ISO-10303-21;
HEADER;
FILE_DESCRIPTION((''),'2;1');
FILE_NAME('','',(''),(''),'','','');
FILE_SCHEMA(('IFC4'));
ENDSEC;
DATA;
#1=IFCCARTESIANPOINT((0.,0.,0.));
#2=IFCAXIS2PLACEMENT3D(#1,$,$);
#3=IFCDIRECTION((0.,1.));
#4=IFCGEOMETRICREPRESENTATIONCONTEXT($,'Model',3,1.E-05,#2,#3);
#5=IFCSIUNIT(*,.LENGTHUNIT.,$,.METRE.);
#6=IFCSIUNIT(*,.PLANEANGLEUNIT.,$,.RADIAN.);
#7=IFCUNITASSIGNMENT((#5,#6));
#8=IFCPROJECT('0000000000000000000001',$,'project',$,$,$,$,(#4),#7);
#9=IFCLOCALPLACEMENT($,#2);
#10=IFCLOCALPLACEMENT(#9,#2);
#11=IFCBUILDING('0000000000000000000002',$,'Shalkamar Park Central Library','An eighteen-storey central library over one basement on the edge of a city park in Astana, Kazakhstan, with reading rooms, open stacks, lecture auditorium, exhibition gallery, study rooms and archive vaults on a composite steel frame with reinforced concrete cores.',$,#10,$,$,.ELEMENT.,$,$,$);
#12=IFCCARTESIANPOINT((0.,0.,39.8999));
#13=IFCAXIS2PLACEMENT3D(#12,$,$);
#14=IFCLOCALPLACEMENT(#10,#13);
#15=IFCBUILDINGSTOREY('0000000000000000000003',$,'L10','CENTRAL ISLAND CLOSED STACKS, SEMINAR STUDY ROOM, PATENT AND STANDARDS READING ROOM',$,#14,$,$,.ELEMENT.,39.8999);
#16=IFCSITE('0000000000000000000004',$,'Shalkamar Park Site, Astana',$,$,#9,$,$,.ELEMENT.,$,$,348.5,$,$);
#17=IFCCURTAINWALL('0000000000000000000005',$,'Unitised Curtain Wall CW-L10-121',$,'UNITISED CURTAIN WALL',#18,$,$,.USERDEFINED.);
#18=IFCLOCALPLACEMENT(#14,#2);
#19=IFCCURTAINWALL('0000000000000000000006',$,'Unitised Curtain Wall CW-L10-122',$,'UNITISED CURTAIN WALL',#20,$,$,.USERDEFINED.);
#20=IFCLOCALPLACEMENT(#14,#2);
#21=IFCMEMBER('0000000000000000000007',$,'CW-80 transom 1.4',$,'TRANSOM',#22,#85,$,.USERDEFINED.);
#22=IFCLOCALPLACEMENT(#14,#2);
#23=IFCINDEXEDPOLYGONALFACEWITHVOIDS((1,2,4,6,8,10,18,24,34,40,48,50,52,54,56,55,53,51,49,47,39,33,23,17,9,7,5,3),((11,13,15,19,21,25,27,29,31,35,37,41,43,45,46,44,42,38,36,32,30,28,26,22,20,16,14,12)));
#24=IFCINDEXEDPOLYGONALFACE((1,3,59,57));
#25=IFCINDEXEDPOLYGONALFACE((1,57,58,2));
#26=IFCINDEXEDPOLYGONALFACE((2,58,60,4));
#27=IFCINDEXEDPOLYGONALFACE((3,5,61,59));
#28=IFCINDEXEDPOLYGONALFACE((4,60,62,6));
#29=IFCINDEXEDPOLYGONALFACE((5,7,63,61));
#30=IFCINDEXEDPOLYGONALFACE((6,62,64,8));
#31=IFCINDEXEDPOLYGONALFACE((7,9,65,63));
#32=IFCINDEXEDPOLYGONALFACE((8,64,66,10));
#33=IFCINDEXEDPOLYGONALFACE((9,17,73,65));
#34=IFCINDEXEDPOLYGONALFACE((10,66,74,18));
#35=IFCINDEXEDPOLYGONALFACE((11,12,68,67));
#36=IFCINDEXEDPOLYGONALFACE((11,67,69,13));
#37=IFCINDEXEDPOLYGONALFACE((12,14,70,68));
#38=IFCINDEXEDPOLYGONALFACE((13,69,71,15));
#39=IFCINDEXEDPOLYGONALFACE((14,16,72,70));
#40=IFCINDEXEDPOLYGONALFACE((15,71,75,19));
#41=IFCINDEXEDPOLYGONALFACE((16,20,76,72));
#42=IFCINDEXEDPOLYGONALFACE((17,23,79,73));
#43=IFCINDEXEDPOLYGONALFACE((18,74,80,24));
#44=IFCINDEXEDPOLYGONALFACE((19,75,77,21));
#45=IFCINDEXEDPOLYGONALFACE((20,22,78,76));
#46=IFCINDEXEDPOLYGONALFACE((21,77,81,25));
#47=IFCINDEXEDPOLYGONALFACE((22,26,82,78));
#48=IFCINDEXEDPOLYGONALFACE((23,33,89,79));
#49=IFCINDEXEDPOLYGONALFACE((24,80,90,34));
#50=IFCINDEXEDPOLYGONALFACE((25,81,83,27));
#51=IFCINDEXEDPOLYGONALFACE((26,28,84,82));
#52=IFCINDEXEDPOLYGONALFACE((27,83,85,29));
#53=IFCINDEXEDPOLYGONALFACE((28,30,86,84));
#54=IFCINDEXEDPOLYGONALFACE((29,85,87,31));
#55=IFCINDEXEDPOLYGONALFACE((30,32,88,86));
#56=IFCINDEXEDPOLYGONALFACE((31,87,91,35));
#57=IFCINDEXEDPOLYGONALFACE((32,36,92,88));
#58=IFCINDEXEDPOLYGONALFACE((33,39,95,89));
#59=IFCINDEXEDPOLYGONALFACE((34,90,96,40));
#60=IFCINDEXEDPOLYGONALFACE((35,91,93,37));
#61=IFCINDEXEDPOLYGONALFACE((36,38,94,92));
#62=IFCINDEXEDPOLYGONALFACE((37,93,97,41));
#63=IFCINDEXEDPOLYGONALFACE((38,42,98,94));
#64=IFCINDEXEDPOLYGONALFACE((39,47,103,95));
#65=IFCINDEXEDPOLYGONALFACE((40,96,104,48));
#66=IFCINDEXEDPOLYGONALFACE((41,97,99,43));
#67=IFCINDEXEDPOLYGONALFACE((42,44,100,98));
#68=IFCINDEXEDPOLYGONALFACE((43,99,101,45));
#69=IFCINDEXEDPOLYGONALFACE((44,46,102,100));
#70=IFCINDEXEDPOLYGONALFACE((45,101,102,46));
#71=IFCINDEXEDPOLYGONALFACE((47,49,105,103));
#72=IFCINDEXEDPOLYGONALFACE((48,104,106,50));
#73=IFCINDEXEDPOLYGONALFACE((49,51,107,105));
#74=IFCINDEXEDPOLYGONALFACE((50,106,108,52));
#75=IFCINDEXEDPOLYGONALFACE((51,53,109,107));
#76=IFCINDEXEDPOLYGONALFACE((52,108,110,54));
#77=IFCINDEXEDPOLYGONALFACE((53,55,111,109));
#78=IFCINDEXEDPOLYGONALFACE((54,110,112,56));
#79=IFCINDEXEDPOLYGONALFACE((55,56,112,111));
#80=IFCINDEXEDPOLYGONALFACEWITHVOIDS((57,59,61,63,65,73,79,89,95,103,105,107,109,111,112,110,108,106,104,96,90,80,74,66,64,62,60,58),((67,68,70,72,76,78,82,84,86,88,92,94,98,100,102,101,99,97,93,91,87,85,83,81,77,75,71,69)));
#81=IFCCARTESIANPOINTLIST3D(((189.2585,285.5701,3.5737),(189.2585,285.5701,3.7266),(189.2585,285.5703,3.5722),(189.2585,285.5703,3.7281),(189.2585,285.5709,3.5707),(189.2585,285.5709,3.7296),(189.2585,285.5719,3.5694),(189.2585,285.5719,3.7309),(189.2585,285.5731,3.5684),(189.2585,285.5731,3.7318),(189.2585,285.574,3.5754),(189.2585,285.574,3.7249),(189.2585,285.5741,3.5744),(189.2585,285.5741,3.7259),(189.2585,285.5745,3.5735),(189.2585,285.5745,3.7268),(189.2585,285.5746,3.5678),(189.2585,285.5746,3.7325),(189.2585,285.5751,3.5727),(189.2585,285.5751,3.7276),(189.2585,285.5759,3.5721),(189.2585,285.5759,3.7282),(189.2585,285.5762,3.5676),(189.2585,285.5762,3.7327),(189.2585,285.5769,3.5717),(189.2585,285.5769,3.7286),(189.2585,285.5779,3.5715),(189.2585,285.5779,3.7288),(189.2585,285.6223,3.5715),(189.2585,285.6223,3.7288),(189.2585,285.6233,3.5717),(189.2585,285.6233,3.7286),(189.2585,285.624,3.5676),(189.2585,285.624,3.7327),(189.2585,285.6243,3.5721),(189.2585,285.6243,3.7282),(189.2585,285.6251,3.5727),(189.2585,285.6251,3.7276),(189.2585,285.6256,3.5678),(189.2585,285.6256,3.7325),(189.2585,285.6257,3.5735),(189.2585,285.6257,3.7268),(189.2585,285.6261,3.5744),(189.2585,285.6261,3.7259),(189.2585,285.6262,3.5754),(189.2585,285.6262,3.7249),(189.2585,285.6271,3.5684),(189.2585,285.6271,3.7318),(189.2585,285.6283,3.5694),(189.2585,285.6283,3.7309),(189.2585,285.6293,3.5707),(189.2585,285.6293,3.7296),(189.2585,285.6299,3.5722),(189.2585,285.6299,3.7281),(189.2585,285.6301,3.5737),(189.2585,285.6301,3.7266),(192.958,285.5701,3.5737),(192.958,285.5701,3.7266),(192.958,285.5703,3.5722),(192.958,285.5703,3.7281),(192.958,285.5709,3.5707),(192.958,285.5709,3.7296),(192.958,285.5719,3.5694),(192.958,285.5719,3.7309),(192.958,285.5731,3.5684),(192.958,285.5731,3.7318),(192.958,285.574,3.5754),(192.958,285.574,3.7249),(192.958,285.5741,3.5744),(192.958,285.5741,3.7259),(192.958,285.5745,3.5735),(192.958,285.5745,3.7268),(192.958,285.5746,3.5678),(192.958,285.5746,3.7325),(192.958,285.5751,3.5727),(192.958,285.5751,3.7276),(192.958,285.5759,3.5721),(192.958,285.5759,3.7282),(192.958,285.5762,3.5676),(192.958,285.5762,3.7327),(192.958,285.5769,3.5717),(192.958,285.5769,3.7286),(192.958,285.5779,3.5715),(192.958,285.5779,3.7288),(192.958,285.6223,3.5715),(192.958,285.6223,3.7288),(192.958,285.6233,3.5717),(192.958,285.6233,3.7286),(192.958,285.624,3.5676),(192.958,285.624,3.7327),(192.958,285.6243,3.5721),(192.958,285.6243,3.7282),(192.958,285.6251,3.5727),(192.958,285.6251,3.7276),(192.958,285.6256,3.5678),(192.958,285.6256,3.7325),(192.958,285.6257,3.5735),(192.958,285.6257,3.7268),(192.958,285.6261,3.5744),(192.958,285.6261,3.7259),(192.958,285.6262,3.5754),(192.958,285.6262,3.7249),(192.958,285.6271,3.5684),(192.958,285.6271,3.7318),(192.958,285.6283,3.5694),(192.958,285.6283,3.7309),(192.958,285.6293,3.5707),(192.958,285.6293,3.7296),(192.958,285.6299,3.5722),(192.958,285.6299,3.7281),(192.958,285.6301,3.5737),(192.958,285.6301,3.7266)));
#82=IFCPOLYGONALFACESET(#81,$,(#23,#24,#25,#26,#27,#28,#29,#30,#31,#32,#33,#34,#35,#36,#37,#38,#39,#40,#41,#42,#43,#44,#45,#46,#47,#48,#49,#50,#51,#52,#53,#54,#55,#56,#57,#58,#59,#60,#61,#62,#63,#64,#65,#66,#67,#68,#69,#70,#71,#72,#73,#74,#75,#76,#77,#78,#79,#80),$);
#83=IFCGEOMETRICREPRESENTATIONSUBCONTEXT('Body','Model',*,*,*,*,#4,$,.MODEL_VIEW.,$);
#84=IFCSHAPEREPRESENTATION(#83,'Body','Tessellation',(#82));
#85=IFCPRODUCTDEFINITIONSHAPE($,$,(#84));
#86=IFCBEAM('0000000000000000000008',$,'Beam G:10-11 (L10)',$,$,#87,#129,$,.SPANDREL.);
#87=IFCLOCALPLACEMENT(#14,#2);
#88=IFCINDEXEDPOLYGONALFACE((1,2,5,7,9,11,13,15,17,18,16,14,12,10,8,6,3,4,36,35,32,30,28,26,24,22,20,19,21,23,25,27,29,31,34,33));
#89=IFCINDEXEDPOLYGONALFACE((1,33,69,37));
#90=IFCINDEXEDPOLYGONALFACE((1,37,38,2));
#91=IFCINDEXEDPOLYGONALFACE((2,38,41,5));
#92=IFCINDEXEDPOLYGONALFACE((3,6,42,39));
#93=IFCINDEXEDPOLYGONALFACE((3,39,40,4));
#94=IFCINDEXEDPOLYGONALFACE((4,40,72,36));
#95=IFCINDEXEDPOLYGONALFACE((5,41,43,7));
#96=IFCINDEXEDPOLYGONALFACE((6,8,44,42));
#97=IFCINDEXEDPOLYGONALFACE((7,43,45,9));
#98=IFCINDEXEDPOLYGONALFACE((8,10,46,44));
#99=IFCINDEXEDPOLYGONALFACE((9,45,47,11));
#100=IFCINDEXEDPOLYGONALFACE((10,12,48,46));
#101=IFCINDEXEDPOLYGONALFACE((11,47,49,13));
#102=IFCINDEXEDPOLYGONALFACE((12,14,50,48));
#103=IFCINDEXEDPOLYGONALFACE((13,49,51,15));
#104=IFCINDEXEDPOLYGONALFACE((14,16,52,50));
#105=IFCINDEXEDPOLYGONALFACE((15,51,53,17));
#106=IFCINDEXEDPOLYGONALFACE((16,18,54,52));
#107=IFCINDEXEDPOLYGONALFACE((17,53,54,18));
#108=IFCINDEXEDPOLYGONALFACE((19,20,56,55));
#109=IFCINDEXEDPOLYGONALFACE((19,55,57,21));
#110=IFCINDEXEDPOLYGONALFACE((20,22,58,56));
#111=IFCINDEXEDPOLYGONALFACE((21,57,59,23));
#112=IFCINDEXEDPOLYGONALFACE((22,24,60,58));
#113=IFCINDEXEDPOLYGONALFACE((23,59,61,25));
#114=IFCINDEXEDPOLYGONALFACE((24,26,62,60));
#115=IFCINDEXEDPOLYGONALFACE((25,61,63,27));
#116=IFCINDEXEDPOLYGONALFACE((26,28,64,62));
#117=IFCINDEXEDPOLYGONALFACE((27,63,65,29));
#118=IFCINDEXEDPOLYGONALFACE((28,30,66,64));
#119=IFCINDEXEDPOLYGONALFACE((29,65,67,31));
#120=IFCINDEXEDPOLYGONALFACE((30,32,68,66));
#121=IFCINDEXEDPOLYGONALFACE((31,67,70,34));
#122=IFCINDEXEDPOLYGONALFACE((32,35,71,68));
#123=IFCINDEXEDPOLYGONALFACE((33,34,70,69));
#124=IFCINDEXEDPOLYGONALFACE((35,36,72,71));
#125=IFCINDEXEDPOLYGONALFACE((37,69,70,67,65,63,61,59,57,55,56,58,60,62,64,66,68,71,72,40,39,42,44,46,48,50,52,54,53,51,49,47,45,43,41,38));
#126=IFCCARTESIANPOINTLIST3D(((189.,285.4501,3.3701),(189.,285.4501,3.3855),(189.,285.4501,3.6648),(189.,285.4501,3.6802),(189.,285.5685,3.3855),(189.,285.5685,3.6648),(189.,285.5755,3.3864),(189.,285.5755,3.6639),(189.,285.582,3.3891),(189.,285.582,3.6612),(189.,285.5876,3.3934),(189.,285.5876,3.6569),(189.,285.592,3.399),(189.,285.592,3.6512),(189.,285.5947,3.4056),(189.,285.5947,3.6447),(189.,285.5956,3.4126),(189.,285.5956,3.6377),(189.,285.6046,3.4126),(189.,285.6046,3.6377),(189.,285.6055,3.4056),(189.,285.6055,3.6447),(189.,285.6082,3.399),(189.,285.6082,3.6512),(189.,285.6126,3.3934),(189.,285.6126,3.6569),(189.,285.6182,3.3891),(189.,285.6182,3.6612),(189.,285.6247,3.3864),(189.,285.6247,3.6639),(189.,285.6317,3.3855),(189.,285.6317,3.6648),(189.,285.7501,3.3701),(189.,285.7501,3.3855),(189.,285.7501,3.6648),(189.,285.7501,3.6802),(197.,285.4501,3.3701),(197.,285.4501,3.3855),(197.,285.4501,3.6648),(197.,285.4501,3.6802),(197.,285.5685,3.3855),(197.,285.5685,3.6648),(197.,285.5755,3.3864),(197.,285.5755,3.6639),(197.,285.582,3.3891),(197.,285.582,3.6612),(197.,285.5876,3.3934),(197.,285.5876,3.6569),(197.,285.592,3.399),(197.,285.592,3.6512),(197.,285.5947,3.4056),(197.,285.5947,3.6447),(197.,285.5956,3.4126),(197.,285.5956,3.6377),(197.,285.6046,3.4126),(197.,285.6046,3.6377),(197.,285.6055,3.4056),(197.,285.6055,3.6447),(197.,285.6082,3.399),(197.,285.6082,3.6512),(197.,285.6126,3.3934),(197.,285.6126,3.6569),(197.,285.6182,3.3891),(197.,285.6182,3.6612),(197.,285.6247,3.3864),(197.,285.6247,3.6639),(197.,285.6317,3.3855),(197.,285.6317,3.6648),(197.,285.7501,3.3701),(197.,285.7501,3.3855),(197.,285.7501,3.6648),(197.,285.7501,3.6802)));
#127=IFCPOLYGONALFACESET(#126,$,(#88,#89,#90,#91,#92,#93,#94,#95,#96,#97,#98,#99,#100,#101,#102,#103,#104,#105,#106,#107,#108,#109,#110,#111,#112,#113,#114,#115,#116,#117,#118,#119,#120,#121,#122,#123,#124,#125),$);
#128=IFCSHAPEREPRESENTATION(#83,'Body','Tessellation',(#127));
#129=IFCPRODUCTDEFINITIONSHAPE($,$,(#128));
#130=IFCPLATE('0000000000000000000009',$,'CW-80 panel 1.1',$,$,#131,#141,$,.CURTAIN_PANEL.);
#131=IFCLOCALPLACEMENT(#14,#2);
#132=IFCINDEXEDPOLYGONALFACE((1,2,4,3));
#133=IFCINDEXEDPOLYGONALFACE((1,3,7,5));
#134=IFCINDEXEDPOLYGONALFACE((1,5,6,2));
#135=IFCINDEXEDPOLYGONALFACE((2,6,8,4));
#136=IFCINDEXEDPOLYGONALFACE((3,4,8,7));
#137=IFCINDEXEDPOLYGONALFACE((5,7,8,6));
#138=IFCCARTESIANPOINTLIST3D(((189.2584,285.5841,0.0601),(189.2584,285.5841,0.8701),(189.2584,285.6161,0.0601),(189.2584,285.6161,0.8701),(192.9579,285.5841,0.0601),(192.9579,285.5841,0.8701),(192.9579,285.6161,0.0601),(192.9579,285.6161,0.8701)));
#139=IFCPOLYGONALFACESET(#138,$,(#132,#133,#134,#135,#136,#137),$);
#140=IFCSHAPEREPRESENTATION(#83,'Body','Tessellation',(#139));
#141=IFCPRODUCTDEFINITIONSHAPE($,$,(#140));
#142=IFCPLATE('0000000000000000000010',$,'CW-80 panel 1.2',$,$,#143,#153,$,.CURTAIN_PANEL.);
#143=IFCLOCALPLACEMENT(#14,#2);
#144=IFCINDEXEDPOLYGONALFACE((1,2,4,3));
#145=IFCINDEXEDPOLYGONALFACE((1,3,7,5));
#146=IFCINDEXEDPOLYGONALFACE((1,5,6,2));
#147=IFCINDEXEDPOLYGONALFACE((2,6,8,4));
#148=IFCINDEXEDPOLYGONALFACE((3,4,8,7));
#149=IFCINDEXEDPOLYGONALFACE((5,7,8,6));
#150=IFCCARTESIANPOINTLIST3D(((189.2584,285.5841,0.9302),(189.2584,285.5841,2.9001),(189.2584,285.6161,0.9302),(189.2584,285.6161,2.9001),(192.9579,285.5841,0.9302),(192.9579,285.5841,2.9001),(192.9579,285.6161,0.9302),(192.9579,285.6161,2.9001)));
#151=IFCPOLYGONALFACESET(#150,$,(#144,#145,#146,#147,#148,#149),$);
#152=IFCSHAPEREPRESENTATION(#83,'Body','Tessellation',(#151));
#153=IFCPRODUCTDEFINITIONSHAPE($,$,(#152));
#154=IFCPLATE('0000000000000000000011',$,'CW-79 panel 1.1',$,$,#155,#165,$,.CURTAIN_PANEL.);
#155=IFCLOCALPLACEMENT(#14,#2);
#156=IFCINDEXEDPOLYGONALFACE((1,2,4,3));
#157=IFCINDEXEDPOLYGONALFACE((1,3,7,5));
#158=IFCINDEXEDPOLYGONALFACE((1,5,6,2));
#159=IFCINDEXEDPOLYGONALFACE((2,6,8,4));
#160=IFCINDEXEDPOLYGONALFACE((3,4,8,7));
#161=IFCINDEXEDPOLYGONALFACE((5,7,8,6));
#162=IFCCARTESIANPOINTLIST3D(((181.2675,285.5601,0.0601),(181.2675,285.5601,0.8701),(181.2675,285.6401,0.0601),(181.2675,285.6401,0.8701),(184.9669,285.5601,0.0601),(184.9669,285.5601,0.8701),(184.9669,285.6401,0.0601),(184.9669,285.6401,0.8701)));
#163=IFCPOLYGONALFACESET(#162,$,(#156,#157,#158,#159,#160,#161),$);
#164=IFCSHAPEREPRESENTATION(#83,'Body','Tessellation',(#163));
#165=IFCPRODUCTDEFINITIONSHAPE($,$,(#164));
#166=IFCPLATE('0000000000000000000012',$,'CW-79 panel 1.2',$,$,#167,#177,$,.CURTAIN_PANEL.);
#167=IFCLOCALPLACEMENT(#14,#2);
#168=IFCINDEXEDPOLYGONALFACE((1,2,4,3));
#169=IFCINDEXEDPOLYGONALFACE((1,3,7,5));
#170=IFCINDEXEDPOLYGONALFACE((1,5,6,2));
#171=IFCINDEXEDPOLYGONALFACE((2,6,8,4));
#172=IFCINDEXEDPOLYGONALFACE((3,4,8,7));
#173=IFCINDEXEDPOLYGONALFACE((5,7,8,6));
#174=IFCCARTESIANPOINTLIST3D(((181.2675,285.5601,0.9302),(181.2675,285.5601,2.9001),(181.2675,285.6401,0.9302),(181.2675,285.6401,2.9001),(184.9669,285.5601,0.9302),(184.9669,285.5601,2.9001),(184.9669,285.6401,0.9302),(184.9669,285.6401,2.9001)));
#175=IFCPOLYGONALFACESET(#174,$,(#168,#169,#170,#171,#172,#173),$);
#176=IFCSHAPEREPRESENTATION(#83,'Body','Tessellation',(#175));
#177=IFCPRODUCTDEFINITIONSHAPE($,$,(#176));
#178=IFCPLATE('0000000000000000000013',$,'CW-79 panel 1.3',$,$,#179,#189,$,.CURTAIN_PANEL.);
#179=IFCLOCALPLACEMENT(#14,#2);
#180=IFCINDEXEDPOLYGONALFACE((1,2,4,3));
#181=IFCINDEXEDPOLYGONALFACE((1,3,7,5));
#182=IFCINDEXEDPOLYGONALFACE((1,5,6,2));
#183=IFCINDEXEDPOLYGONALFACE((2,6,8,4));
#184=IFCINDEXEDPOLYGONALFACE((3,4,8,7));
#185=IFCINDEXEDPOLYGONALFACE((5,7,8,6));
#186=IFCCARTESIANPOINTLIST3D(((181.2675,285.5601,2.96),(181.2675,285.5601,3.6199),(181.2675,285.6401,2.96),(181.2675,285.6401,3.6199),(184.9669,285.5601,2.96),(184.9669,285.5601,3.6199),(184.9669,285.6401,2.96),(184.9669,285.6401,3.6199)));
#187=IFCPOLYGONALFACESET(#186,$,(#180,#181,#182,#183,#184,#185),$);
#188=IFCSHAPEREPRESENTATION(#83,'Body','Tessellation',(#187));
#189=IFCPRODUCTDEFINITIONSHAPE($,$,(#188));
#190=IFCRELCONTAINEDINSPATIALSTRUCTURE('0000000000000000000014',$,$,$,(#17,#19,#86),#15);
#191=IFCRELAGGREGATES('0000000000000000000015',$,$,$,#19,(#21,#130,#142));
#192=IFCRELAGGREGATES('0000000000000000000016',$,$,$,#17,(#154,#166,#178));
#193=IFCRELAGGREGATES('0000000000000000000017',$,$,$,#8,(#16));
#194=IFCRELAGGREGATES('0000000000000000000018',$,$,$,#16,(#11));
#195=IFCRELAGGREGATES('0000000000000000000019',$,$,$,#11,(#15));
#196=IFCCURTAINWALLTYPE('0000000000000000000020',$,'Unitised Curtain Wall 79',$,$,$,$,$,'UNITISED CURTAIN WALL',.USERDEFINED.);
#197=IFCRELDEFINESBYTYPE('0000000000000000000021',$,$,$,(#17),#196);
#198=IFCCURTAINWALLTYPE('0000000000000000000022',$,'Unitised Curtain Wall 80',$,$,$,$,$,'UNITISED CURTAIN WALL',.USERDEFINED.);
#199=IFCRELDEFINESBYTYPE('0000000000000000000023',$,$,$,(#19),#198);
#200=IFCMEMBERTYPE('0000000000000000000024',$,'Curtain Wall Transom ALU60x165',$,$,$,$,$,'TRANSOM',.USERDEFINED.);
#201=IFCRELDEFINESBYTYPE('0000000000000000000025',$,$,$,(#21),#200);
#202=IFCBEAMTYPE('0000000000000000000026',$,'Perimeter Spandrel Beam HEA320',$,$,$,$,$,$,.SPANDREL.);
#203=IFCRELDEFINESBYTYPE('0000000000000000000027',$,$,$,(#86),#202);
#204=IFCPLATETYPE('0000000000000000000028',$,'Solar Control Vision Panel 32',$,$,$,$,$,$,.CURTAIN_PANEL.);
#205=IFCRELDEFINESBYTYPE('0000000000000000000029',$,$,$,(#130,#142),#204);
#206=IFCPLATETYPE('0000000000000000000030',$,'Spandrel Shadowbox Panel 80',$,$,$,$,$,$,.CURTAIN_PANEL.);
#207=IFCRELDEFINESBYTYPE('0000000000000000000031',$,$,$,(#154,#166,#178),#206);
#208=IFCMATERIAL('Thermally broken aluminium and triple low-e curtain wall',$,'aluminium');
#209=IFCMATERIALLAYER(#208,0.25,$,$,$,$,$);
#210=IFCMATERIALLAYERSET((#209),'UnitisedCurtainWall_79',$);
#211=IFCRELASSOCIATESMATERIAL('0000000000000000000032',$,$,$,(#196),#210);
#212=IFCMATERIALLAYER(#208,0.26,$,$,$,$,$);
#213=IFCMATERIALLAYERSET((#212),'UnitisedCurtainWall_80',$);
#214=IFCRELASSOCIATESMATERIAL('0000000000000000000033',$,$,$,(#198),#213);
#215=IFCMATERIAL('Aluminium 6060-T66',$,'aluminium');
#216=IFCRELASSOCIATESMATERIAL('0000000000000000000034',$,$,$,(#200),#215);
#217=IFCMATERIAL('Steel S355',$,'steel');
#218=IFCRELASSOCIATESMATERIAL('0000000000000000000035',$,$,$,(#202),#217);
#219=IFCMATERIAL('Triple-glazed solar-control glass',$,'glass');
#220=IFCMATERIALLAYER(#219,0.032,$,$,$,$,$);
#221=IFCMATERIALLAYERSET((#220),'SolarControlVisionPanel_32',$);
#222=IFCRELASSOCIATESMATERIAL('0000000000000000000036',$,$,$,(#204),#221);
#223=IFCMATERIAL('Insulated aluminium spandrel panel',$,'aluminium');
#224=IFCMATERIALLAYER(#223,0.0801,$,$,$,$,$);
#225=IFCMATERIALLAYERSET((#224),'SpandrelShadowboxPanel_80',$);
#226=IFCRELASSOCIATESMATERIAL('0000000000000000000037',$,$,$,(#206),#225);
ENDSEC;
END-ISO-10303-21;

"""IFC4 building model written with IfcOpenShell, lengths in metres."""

from ifc_helpers import new_model, si_unit, direction, frame, origin, origin_2d, place, context, subcontext, project, spatial, rectangle, hollow_rectangle, i_section, extrude, material, layer, layer_set, material_profile, profile_set, type_object, element, aggregate, save


model = new_model("IFC4")

# Units and contexts
model_context = context("Model", 3, precision=1e-05, world=origin(), true_north=direction((0.0, 1.0)))
body_context = subcontext(model_context, "Body", "Model", "MODEL_VIEW")
ifc_project = project(units=[si_unit("LENGTHUNIT", "METRE"), si_unit("PLANEANGLEUNIT", "RADIAN")], contexts=[model_context])

# Site, building, storey
site_placement = place(None, origin())
site = spatial("IfcSite", under=ifc_project, at=site_placement, Name="Shalkamar Park Site, Astana", CompositionType="ELEMENT", RefElevation=348.5)
building_placement = place(site_placement, origin())
building = spatial("IfcBuilding", under=site, at=building_placement, Name="Shalkamar Park Central Library", Description="An eighteen-storey central library over one basement on the edge of a city park in Astana, Kazakhstan, with reading rooms, open stacks, lecture auditorium, exhibition gallery, study rooms and archive vaults on a composite steel frame with reinforced concrete cores.", CompositionType="ELEMENT")
storey_placement = place(building_placement, frame((0.0, 0.0, 39.8999)))
storey = spatial("IfcBuildingStorey", under=building, at=storey_placement, Name="L10", Description="CENTRAL ISLAND CLOSED STACKS, SEMINAR STUDY ROOM, PATENT AND STANDARDS READING ROOM", CompositionType="ELEMENT", Elevation=39.8999)

# Shared definitions
ifc_material_1 = material(Name="Steel S355", Category="steel")

# Curtain wall
ifc_material_2 = material(Name="Thermally broken aluminium and triple low-e curtain wall", Category="aluminium")
ifc_layer_1 = layer(ifc_material_2, 0.25)
ifc_layer_set_1 = layer_set([ifc_layer_1], Name="UnitisedCurtainWall_79")
curtain_wall_type_1 = type_object("IfcCurtainWallType", Name="Unitised Curtain Wall 79", ElementType="UNITISED CURTAIN WALL", PredefinedType="USERDEFINED", material=ifc_layer_set_1)
curtain_wall_1_placement = place(storey_placement, origin())
curtain_wall_1 = element("IfcCurtainWall", 1, at=curtain_wall_1_placement, inside=storey, type_object=curtain_wall_type_1, Name="Unitised Curtain Wall CW-L10-121", ObjectType="UNITISED CURTAIN WALL", PredefinedType="USERDEFINED")
ifc_material_3 = material(Name="Aluminium 6060-T66", Category="aluminium")

# Curtain wall
ifc_layer_2 = layer(ifc_material_2, 0.26)
ifc_layer_set_2 = layer_set([ifc_layer_2], Name="UnitisedCurtainWall_80")
curtain_wall_type_2 = type_object("IfcCurtainWallType", Name="Unitised Curtain Wall 80", ElementType="UNITISED CURTAIN WALL", PredefinedType="USERDEFINED", material=ifc_layer_set_2)
curtain_wall_2_placement = place(storey_placement, origin())
curtain_wall_2 = element("IfcCurtainWall", 2, at=curtain_wall_2_placement, inside=storey, type_object=curtain_wall_type_2, Name="Unitised Curtain Wall CW-L10-122", ObjectType="UNITISED CURTAIN WALL", PredefinedType="USERDEFINED")

# Member
ifc_material_profile_1 = material_profile(ifc_material_3, hollow_rectangle(XDim=0.0601, YDim=0.165, WallThickness=0.0039, InnerFilletRadius=0.0039, OuterFilletRadius=0.0061, at=origin_2d()), Name="ALU 60x165x4")
ifc_profile_set_1 = profile_set([ifc_material_profile_1], Name="Aluminium 6060-T66")
member_type_1 = type_object("IfcMemberType", Name="Curtain Wall Transom ALU60x165", ElementType="TRANSOM", PredefinedType="USERDEFINED", material=ifc_profile_set_1)
member_1_placement = place(storey_placement, frame((189.2585, 285.6001, 3.6501), z_axis=(1.0, 0.0, 0.0), x_axis=(0.0, 1.0, 0.0)))
member_1 = element("IfcMember", 3, at=member_1_placement, type_object=member_type_1, Name="CW-80 transom 1.4", ObjectType="TRANSOM", PredefinedType="USERDEFINED", context=body_context, shape_type="SweptSolid", body=[
    extrude(hollow_rectangle(XDim=0.0601, YDim=0.165, WallThickness=0.0039, InnerFilletRadius=0.0039, OuterFilletRadius=0.0061, at=origin_2d()), origin(), (0.0, 0.0, 1.0), 3.6995),
])

# Beam
ifc_material_profile_2 = material_profile(ifc_material_1, i_section(OverallWidth=0.3, OverallDepth=0.3101, WebThickness=0.009, FlangeThickness=0.0154, FilletRadius=0.0271, at=origin_2d()), Name="HEA 320")
ifc_profile_set_2 = profile_set([ifc_material_profile_2], Name="Steel S355")
beam_type = type_object("IfcBeamType", Name="Perimeter Spandrel Beam HEA320", PredefinedType="SPANDREL", material=ifc_profile_set_2)
beam_placement = place(storey_placement, frame((189.0, 285.6001, 3.5251), z_axis=(1.0, 0.0, 0.0), x_axis=(0.0, 1.0, 0.0)))
element("IfcBeam", 4, at=beam_placement, inside=storey, type_object=beam_type, Name="Beam G:10-11 (L10)", PredefinedType="SPANDREL", context=body_context, shape_type="SweptSolid", body=[
    extrude(i_section(OverallWidth=0.3, OverallDepth=0.3101, WebThickness=0.009, FlangeThickness=0.0154, FilletRadius=0.0271, at=origin_2d()), origin(), (0.0, 0.0, 1.0), 8.0),
])

# Plates
ifc_material_4 = material(Name="Triple-glazed solar-control glass", Category="glass")
ifc_layer_3 = layer(ifc_material_4, 0.032)
ifc_layer_set_3 = layer_set([ifc_layer_3], Name="SolarControlVisionPanel_32")
plate_type_1 = type_object("IfcPlateType", Name="Solar Control Vision Panel 32", PredefinedType="CURTAIN_PANEL", material=ifc_layer_set_3)
plate_1_placement = place(storey_placement, frame((191.1082, 285.6001, 0.0601), z_axis=(0.0, 0.0, 1.0), x_axis=(1.0, 0.0, 0.0)))
plate_1 = element("IfcPlate", 5, at=plate_1_placement, type_object=plate_type_1, Name="CW-80 panel 1.1", PredefinedType="CURTAIN_PANEL", context=body_context, shape_type="SweptSolid", body=[
    extrude(rectangle(XDim=3.6995, YDim=0.032, at=origin_2d()), origin(), (0.0, 0.0, 1.0), 0.8101),
])
plate_2_placement = place(storey_placement, frame((191.1082, 285.6001, 0.9302), z_axis=(0.0, 0.0, 1.0), x_axis=(1.0, 0.0, 0.0)))
plate_2 = element("IfcPlate", 6, at=plate_2_placement, type_object=plate_type_1, Name="CW-80 panel 1.2", PredefinedType="CURTAIN_PANEL", context=body_context, shape_type="SweptSolid", body=[
    extrude(rectangle(XDim=3.6995, YDim=0.032, at=origin_2d()), origin(), (0.0, 0.0, 1.0), 1.97),
])
aggregate(curtain_wall_2, [member_1, plate_1, plate_2])
ifc_material_5 = material(Name="Insulated aluminium spandrel panel", Category="aluminium")
ifc_layer_4 = layer(ifc_material_5, 0.0801)
ifc_layer_set_4 = layer_set([ifc_layer_4], Name="SpandrelShadowboxPanel_80")
plate_type_2 = type_object("IfcPlateType", Name="Spandrel Shadowbox Panel 80", PredefinedType="CURTAIN_PANEL", material=ifc_layer_set_4)
plate_3_placement = place(storey_placement, frame((183.1172, 285.6001, 0.0601), z_axis=(0.0, 0.0, 1.0), x_axis=(1.0, 0.0, 0.0)))
plate_3 = element("IfcPlate", 7, at=plate_3_placement, type_object=plate_type_2, Name="CW-79 panel 1.1", PredefinedType="CURTAIN_PANEL", context=body_context, shape_type="SweptSolid", body=[
    extrude(rectangle(XDim=3.6995, YDim=0.0801, at=origin_2d()), origin(), (0.0, 0.0, 1.0), 0.8101),
])
plate_4_placement = place(storey_placement, frame((183.1172, 285.6001, 0.9302), z_axis=(0.0, 0.0, 1.0), x_axis=(1.0, 0.0, 0.0)))
plate_4 = element("IfcPlate", 8, at=plate_4_placement, type_object=plate_type_2, Name="CW-79 panel 1.2", PredefinedType="CURTAIN_PANEL", context=body_context, shape_type="SweptSolid", body=[
    extrude(rectangle(XDim=3.6995, YDim=0.0801, at=origin_2d()), origin(), (0.0, 0.0, 1.0), 1.97),
])
plate_5_placement = place(storey_placement, frame((183.1172, 285.6001, 2.96), z_axis=(0.0, 0.0, 1.0), x_axis=(1.0, 0.0, 0.0)))
plate_5 = element("IfcPlate", 9, at=plate_5_placement, type_object=plate_type_2, Name="CW-79 panel 1.3", PredefinedType="CURTAIN_PANEL", context=body_context, shape_type="SweptSolid", body=[
    extrude(rectangle(XDim=3.6995, YDim=0.0801, at=origin_2d()), origin(), (0.0, 0.0, 1.0), 0.6599),
])
aggregate(curtain_wall_1, [plate_3, plate_4, plate_5])

save(model, "model.ifc")
